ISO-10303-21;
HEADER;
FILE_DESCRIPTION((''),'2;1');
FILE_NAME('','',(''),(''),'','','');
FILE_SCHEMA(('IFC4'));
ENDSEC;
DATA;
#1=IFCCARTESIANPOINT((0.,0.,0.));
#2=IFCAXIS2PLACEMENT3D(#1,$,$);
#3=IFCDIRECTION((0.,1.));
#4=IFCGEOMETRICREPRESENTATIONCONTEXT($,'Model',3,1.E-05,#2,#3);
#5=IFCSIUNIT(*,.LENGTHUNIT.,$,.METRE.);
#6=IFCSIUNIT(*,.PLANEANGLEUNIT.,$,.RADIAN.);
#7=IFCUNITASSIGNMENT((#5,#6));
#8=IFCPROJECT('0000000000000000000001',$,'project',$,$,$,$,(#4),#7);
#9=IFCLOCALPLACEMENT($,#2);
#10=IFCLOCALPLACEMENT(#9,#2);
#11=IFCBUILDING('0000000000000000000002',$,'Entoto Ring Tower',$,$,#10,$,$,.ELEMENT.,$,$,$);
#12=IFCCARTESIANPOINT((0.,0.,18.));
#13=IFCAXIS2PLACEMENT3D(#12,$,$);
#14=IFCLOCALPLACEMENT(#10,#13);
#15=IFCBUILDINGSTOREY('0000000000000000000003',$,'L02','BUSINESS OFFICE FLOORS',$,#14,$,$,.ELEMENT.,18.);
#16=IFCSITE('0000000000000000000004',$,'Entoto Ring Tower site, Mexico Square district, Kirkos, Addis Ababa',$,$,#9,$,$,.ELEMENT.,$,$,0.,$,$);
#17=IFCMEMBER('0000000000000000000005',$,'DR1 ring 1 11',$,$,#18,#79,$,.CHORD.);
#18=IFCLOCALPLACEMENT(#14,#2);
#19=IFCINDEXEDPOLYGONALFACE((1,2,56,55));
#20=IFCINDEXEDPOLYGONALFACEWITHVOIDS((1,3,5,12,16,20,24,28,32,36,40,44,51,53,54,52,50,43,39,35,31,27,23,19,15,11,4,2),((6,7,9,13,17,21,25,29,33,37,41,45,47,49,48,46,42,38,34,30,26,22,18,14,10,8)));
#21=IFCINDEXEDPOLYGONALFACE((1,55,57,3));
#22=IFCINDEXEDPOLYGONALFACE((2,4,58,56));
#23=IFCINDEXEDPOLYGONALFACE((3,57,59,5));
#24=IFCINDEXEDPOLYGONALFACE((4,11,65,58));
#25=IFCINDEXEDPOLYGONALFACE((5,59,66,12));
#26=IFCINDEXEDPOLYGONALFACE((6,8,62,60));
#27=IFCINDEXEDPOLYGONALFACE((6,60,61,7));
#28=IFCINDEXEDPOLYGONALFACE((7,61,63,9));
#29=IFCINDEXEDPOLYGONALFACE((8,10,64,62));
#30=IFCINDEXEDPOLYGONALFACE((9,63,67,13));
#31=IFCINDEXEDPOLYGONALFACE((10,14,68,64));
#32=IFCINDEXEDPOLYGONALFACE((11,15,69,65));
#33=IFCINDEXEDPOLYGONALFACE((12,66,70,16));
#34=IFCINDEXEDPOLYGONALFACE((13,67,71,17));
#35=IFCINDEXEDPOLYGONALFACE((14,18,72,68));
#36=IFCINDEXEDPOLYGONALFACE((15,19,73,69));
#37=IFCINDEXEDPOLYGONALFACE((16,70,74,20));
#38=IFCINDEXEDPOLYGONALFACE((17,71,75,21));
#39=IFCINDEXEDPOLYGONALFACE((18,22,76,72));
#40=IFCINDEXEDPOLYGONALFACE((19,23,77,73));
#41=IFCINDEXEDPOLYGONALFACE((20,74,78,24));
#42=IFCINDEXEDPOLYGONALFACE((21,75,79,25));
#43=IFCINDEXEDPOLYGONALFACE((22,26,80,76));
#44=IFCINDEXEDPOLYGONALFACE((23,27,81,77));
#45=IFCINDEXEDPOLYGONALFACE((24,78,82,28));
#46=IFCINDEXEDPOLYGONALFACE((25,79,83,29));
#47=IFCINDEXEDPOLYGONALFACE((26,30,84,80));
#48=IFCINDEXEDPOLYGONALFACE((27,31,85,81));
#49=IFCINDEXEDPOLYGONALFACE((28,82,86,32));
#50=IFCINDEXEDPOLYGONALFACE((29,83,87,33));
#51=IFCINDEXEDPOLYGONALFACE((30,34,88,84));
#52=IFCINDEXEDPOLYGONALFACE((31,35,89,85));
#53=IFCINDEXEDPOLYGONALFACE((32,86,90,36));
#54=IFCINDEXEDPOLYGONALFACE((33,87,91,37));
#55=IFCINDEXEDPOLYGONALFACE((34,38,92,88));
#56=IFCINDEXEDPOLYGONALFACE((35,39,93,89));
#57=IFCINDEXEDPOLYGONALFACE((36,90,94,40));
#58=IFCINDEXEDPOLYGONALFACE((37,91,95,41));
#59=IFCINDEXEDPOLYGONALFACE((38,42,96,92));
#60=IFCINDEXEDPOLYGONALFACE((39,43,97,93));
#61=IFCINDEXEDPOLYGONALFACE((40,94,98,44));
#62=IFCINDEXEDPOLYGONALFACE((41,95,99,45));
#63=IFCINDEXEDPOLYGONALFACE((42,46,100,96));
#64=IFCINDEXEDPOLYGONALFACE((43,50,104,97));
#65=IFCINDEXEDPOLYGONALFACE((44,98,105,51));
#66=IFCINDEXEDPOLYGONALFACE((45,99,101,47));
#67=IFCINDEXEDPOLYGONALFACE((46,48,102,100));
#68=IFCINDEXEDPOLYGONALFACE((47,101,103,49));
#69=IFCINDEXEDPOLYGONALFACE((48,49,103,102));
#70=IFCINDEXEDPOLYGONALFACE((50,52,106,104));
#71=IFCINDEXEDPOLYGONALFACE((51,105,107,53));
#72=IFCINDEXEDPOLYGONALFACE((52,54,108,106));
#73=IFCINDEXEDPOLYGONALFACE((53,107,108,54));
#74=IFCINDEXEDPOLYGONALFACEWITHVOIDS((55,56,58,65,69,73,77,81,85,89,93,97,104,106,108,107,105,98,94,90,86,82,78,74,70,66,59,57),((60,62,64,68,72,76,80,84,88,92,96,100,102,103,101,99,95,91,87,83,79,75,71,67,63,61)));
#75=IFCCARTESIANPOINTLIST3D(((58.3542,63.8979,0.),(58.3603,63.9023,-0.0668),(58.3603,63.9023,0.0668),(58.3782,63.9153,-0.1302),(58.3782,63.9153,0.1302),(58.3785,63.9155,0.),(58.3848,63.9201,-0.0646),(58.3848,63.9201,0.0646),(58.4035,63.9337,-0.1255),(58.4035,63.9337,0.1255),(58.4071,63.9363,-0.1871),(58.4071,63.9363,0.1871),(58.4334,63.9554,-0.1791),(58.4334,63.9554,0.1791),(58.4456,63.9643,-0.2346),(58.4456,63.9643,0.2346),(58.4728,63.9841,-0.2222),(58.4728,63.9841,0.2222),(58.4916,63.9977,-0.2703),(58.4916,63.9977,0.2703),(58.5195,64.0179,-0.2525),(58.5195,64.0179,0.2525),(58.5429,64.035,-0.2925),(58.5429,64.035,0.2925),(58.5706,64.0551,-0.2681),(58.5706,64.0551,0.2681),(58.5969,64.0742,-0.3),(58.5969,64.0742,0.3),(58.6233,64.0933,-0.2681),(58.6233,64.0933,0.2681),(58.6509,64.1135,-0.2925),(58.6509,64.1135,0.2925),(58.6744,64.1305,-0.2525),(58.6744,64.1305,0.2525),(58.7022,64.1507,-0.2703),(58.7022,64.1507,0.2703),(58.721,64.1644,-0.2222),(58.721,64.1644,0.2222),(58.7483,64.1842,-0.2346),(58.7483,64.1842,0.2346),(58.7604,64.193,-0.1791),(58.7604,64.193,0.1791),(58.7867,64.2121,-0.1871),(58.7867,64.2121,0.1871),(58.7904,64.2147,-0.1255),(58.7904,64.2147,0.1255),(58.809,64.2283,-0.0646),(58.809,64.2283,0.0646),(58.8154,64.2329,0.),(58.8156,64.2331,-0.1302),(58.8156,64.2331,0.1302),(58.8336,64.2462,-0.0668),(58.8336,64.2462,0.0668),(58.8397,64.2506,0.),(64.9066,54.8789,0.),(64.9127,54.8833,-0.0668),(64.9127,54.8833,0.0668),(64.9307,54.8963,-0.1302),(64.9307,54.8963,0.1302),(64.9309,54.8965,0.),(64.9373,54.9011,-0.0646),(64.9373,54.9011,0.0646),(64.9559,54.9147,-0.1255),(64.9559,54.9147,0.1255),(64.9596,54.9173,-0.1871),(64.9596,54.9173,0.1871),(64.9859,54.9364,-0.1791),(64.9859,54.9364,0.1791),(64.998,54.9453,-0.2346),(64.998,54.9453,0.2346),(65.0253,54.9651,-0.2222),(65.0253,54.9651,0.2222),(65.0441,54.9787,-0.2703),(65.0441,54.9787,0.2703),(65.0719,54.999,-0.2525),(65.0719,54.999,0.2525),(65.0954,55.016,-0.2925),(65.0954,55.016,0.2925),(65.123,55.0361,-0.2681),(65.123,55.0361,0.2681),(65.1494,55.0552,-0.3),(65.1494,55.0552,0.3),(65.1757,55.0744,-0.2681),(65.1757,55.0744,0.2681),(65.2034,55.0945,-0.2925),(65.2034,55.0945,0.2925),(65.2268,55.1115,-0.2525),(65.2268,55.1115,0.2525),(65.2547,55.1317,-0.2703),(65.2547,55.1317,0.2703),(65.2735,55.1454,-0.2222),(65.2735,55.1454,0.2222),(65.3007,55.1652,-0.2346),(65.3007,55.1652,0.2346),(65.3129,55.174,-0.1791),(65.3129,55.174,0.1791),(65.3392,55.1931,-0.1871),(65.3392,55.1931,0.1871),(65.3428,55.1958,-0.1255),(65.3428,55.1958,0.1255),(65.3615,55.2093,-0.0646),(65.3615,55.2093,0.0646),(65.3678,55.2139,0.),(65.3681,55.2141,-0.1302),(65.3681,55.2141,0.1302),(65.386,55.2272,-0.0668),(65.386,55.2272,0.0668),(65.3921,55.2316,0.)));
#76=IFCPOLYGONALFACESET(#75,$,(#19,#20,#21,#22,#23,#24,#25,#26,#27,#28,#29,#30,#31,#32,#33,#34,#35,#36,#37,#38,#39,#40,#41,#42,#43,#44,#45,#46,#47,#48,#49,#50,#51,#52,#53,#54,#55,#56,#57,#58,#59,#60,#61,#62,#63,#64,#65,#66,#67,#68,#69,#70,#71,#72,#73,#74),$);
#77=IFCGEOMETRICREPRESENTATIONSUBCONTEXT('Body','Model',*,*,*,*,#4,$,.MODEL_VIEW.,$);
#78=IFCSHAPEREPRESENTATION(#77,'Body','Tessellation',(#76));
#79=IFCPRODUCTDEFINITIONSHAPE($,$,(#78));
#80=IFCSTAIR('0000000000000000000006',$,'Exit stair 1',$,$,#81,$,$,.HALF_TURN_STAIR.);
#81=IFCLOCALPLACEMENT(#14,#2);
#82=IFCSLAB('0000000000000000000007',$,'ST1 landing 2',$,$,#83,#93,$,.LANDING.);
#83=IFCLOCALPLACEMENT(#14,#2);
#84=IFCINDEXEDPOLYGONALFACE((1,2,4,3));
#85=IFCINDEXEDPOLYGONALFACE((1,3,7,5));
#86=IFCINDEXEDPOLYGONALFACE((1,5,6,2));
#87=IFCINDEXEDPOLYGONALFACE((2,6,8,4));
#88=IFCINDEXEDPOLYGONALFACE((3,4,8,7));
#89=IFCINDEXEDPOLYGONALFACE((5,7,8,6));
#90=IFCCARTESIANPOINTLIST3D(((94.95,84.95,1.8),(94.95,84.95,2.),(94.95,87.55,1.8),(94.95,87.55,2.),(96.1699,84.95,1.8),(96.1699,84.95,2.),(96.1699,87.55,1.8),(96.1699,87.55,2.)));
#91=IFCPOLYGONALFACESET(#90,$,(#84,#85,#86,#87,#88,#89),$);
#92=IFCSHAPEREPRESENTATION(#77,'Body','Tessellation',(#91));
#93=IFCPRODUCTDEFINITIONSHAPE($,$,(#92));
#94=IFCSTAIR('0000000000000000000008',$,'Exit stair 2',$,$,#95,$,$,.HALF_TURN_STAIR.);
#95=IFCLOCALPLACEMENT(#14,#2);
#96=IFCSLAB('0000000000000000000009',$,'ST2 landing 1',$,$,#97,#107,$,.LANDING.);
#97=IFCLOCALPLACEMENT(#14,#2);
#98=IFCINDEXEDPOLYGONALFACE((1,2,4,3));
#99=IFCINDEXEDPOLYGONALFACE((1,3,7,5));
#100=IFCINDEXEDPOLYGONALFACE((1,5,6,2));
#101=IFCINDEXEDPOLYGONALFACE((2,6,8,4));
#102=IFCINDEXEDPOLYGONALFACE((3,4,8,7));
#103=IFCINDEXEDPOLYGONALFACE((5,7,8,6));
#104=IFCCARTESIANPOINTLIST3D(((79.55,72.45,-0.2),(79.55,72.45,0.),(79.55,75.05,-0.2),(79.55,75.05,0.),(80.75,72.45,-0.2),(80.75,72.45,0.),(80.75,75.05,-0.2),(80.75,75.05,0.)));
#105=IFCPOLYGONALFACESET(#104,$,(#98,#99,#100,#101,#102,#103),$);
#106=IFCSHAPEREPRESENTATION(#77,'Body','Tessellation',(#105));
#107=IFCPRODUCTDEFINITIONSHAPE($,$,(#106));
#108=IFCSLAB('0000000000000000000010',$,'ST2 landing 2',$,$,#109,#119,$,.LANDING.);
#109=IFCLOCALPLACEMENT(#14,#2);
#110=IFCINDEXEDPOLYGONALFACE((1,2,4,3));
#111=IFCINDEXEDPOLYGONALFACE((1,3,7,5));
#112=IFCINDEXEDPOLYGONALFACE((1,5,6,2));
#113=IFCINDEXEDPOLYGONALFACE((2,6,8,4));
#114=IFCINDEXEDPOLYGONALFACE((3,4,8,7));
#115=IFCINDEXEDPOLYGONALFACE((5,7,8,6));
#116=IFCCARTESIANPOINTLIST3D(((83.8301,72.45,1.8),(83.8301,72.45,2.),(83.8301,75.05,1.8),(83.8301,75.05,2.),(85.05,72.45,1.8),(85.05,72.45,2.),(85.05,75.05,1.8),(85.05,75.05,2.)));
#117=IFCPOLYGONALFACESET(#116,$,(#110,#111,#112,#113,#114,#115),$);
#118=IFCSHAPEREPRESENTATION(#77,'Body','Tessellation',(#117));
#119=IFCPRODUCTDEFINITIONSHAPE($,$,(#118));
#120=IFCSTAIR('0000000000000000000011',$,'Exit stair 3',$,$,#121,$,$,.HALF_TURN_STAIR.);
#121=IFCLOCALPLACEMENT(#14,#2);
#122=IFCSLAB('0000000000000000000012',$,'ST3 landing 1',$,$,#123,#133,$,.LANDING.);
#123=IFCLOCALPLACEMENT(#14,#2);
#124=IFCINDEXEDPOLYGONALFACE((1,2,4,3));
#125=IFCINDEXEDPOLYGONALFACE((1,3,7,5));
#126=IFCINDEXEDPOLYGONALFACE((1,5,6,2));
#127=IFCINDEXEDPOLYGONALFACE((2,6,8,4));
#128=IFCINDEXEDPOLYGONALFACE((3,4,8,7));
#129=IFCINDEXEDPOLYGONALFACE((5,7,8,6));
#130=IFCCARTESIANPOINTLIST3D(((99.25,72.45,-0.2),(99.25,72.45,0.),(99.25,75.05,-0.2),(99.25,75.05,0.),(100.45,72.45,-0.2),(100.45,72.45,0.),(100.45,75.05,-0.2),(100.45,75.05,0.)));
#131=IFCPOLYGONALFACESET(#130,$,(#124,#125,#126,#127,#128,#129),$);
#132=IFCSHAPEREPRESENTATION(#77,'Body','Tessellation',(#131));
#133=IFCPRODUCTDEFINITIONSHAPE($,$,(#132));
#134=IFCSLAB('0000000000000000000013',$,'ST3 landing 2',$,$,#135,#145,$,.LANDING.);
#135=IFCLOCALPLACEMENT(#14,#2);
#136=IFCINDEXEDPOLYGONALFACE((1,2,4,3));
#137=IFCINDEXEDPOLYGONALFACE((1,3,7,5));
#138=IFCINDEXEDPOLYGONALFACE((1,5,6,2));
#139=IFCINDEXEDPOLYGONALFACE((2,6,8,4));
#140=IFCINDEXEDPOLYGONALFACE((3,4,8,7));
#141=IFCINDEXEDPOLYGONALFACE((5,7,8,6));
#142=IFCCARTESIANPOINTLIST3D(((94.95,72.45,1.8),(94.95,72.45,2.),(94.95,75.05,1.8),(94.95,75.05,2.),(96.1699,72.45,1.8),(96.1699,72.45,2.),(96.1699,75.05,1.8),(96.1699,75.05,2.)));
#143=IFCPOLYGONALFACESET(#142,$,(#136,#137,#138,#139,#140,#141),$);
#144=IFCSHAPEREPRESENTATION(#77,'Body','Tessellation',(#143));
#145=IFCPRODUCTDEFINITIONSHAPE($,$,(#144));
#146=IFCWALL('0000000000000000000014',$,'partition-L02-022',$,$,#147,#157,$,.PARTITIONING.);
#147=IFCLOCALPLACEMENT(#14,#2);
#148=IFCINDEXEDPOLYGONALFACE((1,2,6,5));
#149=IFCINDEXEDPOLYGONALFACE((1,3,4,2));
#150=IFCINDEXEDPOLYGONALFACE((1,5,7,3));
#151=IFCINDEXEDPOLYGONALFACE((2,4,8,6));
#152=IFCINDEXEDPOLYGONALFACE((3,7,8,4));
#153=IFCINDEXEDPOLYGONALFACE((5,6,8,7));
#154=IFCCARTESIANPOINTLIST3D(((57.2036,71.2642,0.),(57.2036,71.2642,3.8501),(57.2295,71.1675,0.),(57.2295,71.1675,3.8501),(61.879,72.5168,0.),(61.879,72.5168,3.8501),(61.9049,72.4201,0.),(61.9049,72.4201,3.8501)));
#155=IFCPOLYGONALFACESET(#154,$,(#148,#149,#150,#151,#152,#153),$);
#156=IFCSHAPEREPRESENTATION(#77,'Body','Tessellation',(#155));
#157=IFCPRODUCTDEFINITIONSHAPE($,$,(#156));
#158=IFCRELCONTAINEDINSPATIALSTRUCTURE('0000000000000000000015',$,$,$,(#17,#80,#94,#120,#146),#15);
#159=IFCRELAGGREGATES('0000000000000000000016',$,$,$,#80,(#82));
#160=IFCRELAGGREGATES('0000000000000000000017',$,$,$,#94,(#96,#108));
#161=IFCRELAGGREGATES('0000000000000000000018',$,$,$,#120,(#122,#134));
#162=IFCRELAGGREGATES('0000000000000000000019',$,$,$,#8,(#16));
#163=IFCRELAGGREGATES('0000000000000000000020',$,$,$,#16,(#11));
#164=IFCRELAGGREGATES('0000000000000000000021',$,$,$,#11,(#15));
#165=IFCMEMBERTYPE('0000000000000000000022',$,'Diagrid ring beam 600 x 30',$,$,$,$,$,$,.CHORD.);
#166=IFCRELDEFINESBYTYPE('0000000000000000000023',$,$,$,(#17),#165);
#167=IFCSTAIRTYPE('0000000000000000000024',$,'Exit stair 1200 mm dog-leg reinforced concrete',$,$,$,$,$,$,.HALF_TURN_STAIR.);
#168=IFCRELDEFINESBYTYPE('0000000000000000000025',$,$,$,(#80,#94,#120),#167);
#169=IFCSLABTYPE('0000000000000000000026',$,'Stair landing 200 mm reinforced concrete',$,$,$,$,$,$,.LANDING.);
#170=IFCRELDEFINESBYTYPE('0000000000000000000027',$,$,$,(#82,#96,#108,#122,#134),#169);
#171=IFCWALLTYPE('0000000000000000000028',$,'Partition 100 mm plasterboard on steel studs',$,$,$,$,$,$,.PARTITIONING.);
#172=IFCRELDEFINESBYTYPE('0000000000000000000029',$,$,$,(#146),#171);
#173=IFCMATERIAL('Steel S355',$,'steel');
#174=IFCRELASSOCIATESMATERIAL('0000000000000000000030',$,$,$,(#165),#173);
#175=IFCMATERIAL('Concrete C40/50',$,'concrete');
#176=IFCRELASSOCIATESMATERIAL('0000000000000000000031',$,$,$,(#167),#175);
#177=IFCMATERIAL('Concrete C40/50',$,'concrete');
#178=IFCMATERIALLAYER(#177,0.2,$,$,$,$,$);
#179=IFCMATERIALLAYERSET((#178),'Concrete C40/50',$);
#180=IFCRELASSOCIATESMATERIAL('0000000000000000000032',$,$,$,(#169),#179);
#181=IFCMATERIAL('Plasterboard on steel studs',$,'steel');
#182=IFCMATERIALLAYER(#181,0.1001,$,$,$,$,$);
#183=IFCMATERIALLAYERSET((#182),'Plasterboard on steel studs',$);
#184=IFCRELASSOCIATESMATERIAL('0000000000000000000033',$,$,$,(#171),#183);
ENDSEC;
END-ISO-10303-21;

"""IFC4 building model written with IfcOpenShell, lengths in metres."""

from ifc_helpers import new_model, si_unit, direction, frame, frame_2d, origin, origin_2d, place, context, subcontext, project, spatial, polyline, rectangle, circle, hollow_circle, outline, extrude, material, layer, layer_set, material_profile, profile_set, type_object, element, aggregate, save


model = new_model("IFC4")

# Units and contexts
model_context = context("Model", 3, precision=1e-05, world=origin(), true_north=direction((0.0, 1.0)))
body_context = subcontext(model_context, "Body", "Model", "MODEL_VIEW")
ifc_project = project(units=[si_unit("LENGTHUNIT", "METRE"), si_unit("PLANEANGLEUNIT", "RADIAN")], contexts=[model_context])

# Site, building, storey
site_placement = place(None, origin())
site = spatial("IfcSite", under=ifc_project, at=site_placement, Name="Entoto Ring Tower site, Mexico Square district, Kirkos, Addis Ababa", CompositionType="ELEMENT", RefElevation=0.0)
building_placement = place(site_placement, origin())
building = spatial("IfcBuilding", under=site, at=building_placement, Name="Entoto Ring Tower", CompositionType="ELEMENT")
storey_placement = place(building_placement, frame((0.0, 0.0, 18.0)))
storey = spatial("IfcBuildingStorey", under=building, at=storey_placement, Name="L02", Description="BUSINESS OFFICE FLOORS", CompositionType="ELEMENT", Elevation=18.0)

# Member
ifc_material_1 = material(Name="Steel S355", Category="steel")
ifc_material_profile_1 = material_profile(ifc_material_1, hollow_circle(Radius=0.3, WallThickness=0.03, at=origin_2d()), Name="CHS 600 x 30")
ifc_material_2 = material(Name="Concrete C60/75", Category="concrete")
ifc_material_profile_2 = material_profile(ifc_material_2, circle(Radius=0.27, at=origin_2d()), Name="Concrete C60/75 infill")
ifc_profile_set = profile_set([ifc_material_profile_1, ifc_material_profile_2], Name="Steel S355")
member_type = type_object("IfcMemberType", Name="Diagrid ring beam 600 x 30", PredefinedType="CHORD", material=ifc_profile_set)
member_placement = place(storey_placement, frame((58.5969, 64.0742, 0.0), z_axis=(0.587772, -0.809027, 0.0), x_axis=(0.809027, 0.587772, 0.0)))
element("IfcMember", 1, at=member_placement, inside=storey, type_object=member_type, Name="DR1 ring 1 11", PredefinedType="CHORD", context=body_context, shape_type="SweptSolid", body=[
    extrude(hollow_circle(Radius=0.3, WallThickness=0.03, at=origin_2d()), origin(), (0.0, 0.0, 1.0), 11.1479),
])

# Stair, slab
ifc_material_3 = material(Name="Concrete C40/50", Category="concrete")
stair_type = type_object("IfcStairType", Name="Exit stair 1200 mm dog-leg reinforced concrete", PredefinedType="HALF_TURN_STAIR", material=ifc_material_3)
stair_1_placement = place(storey_placement, origin())
stair_1 = element("IfcStair", 2, at=stair_1_placement, inside=storey, type_object=stair_type, Name="Exit stair 1", PredefinedType="HALF_TURN_STAIR")
ifc_material_4 = material(Name="Concrete C40/50", Category="concrete")
ifc_layer_1 = layer(ifc_material_4, 0.2)
ifc_layer_set_1 = layer_set([ifc_layer_1], Name="Concrete C40/50")
slab_type_1 = type_object("IfcSlabType", Name="Stair landing 200 mm reinforced concrete", PredefinedType="LANDING", material=ifc_layer_set_1)
slab_1_placement = place(storey_placement, frame((0.0, 0.0, 1.8)))
slab_1 = element("IfcSlab", 3, at=slab_1_placement, type_object=slab_type_1, Name="ST1 landing 2", PredefinedType="LANDING", context=body_context, shape_type="SweptSolid", body=[
    extrude(outline(polyline([(94.95, 84.95), (96.1699, 84.95), (96.1699, 87.55), (94.95, 87.55), (94.95, 84.95)])), origin(), (0.0, 0.0, 1.0), 0.2),
])
aggregate(stair_1, [slab_1])

# Stairs, slabs
stair_2_placement = place(storey_placement, origin())
stair_2 = element("IfcStair", 4, at=stair_2_placement, inside=storey, type_object=stair_type, Name="Exit stair 2", PredefinedType="HALF_TURN_STAIR")
slab_2_placement = place(storey_placement, frame((0.0, 0.0, -0.2)))
slab_2 = element("IfcSlab", 5, at=slab_2_placement, type_object=slab_type_1, Name="ST2 landing 1", PredefinedType="LANDING", context=body_context, shape_type="SweptSolid", body=[
    extrude(outline(polyline([(80.75, 72.45), (80.75, 75.05), (79.55, 75.05), (79.55, 72.45), (80.75, 72.45)])), origin(), (0.0, 0.0, 1.0), 0.2),
])
slab_3_placement = place(storey_placement, frame((0.0, 0.0, 1.8)))
slab_3 = element("IfcSlab", 6, at=slab_3_placement, type_object=slab_type_1, Name="ST2 landing 2", PredefinedType="LANDING", context=body_context, shape_type="SweptSolid", body=[
    extrude(outline(polyline([(83.8301, 72.45), (85.05, 72.45), (85.05, 75.05), (83.8301, 75.05), (83.8301, 72.45)])), origin(), (0.0, 0.0, 1.0), 0.2),
])
aggregate(stair_2, [slab_2, slab_3])
stair_3_placement = place(storey_placement, origin())
stair_3 = element("IfcStair", 7, at=stair_3_placement, inside=storey, type_object=stair_type, Name="Exit stair 3", PredefinedType="HALF_TURN_STAIR")
slab_4_placement = place(storey_placement, frame((0.0, 0.0, -0.2)))
slab_4 = element("IfcSlab", 8, at=slab_4_placement, type_object=slab_type_1, Name="ST3 landing 1", PredefinedType="LANDING", context=body_context, shape_type="SweptSolid", body=[
    extrude(outline(polyline([(100.45, 72.45), (100.45, 75.05), (99.25, 75.05), (99.25, 72.45), (100.45, 72.45)])), origin(), (0.0, 0.0, 1.0), 0.2),
])
slab_5_placement = place(storey_placement, frame((0.0, 0.0, 1.8)))
slab_5 = element("IfcSlab", 9, at=slab_5_placement, type_object=slab_type_1, Name="ST3 landing 2", PredefinedType="LANDING", context=body_context, shape_type="SweptSolid", body=[
    extrude(outline(polyline([(94.95, 72.45), (96.1699, 72.45), (96.1699, 75.05), (94.95, 75.05), (94.95, 72.45)])), origin(), (0.0, 0.0, 1.0), 0.2),
])
aggregate(stair_3, [slab_4, slab_5])

# Wall
ifc_material_5 = material(Name="Plasterboard on steel studs", Category="steel")
ifc_layer_2 = layer(ifc_material_5, 0.1001)
ifc_layer_set_2 = layer_set([ifc_layer_2], Name="Plasterboard on steel studs")
wall_type = type_object("IfcWallType", Name="Partition 100 mm plasterboard on steel studs", PredefinedType="PARTITIONING", material=ifc_layer_set_2)
wall_placement = place(storey_placement, frame((57.2166, 71.2158, 0.0), z_axis=(0.0, 0.0, 1.0), x_axis=(0.965932, 0.258796, 0.0)))
element("IfcWall", 10, at=wall_placement, inside=storey, type_object=wall_type, Name="partition-L02-022", PredefinedType="PARTITIONING", context=body_context, shape_type="SweptSolid", body=[
    extrude(rectangle(XDim=4.8403, YDim=0.1001, at=frame_2d((2.4202, 0.0))), origin(), (0.0, 0.0, 1.0), 3.8501),
])

save(model, "model.ifc")
